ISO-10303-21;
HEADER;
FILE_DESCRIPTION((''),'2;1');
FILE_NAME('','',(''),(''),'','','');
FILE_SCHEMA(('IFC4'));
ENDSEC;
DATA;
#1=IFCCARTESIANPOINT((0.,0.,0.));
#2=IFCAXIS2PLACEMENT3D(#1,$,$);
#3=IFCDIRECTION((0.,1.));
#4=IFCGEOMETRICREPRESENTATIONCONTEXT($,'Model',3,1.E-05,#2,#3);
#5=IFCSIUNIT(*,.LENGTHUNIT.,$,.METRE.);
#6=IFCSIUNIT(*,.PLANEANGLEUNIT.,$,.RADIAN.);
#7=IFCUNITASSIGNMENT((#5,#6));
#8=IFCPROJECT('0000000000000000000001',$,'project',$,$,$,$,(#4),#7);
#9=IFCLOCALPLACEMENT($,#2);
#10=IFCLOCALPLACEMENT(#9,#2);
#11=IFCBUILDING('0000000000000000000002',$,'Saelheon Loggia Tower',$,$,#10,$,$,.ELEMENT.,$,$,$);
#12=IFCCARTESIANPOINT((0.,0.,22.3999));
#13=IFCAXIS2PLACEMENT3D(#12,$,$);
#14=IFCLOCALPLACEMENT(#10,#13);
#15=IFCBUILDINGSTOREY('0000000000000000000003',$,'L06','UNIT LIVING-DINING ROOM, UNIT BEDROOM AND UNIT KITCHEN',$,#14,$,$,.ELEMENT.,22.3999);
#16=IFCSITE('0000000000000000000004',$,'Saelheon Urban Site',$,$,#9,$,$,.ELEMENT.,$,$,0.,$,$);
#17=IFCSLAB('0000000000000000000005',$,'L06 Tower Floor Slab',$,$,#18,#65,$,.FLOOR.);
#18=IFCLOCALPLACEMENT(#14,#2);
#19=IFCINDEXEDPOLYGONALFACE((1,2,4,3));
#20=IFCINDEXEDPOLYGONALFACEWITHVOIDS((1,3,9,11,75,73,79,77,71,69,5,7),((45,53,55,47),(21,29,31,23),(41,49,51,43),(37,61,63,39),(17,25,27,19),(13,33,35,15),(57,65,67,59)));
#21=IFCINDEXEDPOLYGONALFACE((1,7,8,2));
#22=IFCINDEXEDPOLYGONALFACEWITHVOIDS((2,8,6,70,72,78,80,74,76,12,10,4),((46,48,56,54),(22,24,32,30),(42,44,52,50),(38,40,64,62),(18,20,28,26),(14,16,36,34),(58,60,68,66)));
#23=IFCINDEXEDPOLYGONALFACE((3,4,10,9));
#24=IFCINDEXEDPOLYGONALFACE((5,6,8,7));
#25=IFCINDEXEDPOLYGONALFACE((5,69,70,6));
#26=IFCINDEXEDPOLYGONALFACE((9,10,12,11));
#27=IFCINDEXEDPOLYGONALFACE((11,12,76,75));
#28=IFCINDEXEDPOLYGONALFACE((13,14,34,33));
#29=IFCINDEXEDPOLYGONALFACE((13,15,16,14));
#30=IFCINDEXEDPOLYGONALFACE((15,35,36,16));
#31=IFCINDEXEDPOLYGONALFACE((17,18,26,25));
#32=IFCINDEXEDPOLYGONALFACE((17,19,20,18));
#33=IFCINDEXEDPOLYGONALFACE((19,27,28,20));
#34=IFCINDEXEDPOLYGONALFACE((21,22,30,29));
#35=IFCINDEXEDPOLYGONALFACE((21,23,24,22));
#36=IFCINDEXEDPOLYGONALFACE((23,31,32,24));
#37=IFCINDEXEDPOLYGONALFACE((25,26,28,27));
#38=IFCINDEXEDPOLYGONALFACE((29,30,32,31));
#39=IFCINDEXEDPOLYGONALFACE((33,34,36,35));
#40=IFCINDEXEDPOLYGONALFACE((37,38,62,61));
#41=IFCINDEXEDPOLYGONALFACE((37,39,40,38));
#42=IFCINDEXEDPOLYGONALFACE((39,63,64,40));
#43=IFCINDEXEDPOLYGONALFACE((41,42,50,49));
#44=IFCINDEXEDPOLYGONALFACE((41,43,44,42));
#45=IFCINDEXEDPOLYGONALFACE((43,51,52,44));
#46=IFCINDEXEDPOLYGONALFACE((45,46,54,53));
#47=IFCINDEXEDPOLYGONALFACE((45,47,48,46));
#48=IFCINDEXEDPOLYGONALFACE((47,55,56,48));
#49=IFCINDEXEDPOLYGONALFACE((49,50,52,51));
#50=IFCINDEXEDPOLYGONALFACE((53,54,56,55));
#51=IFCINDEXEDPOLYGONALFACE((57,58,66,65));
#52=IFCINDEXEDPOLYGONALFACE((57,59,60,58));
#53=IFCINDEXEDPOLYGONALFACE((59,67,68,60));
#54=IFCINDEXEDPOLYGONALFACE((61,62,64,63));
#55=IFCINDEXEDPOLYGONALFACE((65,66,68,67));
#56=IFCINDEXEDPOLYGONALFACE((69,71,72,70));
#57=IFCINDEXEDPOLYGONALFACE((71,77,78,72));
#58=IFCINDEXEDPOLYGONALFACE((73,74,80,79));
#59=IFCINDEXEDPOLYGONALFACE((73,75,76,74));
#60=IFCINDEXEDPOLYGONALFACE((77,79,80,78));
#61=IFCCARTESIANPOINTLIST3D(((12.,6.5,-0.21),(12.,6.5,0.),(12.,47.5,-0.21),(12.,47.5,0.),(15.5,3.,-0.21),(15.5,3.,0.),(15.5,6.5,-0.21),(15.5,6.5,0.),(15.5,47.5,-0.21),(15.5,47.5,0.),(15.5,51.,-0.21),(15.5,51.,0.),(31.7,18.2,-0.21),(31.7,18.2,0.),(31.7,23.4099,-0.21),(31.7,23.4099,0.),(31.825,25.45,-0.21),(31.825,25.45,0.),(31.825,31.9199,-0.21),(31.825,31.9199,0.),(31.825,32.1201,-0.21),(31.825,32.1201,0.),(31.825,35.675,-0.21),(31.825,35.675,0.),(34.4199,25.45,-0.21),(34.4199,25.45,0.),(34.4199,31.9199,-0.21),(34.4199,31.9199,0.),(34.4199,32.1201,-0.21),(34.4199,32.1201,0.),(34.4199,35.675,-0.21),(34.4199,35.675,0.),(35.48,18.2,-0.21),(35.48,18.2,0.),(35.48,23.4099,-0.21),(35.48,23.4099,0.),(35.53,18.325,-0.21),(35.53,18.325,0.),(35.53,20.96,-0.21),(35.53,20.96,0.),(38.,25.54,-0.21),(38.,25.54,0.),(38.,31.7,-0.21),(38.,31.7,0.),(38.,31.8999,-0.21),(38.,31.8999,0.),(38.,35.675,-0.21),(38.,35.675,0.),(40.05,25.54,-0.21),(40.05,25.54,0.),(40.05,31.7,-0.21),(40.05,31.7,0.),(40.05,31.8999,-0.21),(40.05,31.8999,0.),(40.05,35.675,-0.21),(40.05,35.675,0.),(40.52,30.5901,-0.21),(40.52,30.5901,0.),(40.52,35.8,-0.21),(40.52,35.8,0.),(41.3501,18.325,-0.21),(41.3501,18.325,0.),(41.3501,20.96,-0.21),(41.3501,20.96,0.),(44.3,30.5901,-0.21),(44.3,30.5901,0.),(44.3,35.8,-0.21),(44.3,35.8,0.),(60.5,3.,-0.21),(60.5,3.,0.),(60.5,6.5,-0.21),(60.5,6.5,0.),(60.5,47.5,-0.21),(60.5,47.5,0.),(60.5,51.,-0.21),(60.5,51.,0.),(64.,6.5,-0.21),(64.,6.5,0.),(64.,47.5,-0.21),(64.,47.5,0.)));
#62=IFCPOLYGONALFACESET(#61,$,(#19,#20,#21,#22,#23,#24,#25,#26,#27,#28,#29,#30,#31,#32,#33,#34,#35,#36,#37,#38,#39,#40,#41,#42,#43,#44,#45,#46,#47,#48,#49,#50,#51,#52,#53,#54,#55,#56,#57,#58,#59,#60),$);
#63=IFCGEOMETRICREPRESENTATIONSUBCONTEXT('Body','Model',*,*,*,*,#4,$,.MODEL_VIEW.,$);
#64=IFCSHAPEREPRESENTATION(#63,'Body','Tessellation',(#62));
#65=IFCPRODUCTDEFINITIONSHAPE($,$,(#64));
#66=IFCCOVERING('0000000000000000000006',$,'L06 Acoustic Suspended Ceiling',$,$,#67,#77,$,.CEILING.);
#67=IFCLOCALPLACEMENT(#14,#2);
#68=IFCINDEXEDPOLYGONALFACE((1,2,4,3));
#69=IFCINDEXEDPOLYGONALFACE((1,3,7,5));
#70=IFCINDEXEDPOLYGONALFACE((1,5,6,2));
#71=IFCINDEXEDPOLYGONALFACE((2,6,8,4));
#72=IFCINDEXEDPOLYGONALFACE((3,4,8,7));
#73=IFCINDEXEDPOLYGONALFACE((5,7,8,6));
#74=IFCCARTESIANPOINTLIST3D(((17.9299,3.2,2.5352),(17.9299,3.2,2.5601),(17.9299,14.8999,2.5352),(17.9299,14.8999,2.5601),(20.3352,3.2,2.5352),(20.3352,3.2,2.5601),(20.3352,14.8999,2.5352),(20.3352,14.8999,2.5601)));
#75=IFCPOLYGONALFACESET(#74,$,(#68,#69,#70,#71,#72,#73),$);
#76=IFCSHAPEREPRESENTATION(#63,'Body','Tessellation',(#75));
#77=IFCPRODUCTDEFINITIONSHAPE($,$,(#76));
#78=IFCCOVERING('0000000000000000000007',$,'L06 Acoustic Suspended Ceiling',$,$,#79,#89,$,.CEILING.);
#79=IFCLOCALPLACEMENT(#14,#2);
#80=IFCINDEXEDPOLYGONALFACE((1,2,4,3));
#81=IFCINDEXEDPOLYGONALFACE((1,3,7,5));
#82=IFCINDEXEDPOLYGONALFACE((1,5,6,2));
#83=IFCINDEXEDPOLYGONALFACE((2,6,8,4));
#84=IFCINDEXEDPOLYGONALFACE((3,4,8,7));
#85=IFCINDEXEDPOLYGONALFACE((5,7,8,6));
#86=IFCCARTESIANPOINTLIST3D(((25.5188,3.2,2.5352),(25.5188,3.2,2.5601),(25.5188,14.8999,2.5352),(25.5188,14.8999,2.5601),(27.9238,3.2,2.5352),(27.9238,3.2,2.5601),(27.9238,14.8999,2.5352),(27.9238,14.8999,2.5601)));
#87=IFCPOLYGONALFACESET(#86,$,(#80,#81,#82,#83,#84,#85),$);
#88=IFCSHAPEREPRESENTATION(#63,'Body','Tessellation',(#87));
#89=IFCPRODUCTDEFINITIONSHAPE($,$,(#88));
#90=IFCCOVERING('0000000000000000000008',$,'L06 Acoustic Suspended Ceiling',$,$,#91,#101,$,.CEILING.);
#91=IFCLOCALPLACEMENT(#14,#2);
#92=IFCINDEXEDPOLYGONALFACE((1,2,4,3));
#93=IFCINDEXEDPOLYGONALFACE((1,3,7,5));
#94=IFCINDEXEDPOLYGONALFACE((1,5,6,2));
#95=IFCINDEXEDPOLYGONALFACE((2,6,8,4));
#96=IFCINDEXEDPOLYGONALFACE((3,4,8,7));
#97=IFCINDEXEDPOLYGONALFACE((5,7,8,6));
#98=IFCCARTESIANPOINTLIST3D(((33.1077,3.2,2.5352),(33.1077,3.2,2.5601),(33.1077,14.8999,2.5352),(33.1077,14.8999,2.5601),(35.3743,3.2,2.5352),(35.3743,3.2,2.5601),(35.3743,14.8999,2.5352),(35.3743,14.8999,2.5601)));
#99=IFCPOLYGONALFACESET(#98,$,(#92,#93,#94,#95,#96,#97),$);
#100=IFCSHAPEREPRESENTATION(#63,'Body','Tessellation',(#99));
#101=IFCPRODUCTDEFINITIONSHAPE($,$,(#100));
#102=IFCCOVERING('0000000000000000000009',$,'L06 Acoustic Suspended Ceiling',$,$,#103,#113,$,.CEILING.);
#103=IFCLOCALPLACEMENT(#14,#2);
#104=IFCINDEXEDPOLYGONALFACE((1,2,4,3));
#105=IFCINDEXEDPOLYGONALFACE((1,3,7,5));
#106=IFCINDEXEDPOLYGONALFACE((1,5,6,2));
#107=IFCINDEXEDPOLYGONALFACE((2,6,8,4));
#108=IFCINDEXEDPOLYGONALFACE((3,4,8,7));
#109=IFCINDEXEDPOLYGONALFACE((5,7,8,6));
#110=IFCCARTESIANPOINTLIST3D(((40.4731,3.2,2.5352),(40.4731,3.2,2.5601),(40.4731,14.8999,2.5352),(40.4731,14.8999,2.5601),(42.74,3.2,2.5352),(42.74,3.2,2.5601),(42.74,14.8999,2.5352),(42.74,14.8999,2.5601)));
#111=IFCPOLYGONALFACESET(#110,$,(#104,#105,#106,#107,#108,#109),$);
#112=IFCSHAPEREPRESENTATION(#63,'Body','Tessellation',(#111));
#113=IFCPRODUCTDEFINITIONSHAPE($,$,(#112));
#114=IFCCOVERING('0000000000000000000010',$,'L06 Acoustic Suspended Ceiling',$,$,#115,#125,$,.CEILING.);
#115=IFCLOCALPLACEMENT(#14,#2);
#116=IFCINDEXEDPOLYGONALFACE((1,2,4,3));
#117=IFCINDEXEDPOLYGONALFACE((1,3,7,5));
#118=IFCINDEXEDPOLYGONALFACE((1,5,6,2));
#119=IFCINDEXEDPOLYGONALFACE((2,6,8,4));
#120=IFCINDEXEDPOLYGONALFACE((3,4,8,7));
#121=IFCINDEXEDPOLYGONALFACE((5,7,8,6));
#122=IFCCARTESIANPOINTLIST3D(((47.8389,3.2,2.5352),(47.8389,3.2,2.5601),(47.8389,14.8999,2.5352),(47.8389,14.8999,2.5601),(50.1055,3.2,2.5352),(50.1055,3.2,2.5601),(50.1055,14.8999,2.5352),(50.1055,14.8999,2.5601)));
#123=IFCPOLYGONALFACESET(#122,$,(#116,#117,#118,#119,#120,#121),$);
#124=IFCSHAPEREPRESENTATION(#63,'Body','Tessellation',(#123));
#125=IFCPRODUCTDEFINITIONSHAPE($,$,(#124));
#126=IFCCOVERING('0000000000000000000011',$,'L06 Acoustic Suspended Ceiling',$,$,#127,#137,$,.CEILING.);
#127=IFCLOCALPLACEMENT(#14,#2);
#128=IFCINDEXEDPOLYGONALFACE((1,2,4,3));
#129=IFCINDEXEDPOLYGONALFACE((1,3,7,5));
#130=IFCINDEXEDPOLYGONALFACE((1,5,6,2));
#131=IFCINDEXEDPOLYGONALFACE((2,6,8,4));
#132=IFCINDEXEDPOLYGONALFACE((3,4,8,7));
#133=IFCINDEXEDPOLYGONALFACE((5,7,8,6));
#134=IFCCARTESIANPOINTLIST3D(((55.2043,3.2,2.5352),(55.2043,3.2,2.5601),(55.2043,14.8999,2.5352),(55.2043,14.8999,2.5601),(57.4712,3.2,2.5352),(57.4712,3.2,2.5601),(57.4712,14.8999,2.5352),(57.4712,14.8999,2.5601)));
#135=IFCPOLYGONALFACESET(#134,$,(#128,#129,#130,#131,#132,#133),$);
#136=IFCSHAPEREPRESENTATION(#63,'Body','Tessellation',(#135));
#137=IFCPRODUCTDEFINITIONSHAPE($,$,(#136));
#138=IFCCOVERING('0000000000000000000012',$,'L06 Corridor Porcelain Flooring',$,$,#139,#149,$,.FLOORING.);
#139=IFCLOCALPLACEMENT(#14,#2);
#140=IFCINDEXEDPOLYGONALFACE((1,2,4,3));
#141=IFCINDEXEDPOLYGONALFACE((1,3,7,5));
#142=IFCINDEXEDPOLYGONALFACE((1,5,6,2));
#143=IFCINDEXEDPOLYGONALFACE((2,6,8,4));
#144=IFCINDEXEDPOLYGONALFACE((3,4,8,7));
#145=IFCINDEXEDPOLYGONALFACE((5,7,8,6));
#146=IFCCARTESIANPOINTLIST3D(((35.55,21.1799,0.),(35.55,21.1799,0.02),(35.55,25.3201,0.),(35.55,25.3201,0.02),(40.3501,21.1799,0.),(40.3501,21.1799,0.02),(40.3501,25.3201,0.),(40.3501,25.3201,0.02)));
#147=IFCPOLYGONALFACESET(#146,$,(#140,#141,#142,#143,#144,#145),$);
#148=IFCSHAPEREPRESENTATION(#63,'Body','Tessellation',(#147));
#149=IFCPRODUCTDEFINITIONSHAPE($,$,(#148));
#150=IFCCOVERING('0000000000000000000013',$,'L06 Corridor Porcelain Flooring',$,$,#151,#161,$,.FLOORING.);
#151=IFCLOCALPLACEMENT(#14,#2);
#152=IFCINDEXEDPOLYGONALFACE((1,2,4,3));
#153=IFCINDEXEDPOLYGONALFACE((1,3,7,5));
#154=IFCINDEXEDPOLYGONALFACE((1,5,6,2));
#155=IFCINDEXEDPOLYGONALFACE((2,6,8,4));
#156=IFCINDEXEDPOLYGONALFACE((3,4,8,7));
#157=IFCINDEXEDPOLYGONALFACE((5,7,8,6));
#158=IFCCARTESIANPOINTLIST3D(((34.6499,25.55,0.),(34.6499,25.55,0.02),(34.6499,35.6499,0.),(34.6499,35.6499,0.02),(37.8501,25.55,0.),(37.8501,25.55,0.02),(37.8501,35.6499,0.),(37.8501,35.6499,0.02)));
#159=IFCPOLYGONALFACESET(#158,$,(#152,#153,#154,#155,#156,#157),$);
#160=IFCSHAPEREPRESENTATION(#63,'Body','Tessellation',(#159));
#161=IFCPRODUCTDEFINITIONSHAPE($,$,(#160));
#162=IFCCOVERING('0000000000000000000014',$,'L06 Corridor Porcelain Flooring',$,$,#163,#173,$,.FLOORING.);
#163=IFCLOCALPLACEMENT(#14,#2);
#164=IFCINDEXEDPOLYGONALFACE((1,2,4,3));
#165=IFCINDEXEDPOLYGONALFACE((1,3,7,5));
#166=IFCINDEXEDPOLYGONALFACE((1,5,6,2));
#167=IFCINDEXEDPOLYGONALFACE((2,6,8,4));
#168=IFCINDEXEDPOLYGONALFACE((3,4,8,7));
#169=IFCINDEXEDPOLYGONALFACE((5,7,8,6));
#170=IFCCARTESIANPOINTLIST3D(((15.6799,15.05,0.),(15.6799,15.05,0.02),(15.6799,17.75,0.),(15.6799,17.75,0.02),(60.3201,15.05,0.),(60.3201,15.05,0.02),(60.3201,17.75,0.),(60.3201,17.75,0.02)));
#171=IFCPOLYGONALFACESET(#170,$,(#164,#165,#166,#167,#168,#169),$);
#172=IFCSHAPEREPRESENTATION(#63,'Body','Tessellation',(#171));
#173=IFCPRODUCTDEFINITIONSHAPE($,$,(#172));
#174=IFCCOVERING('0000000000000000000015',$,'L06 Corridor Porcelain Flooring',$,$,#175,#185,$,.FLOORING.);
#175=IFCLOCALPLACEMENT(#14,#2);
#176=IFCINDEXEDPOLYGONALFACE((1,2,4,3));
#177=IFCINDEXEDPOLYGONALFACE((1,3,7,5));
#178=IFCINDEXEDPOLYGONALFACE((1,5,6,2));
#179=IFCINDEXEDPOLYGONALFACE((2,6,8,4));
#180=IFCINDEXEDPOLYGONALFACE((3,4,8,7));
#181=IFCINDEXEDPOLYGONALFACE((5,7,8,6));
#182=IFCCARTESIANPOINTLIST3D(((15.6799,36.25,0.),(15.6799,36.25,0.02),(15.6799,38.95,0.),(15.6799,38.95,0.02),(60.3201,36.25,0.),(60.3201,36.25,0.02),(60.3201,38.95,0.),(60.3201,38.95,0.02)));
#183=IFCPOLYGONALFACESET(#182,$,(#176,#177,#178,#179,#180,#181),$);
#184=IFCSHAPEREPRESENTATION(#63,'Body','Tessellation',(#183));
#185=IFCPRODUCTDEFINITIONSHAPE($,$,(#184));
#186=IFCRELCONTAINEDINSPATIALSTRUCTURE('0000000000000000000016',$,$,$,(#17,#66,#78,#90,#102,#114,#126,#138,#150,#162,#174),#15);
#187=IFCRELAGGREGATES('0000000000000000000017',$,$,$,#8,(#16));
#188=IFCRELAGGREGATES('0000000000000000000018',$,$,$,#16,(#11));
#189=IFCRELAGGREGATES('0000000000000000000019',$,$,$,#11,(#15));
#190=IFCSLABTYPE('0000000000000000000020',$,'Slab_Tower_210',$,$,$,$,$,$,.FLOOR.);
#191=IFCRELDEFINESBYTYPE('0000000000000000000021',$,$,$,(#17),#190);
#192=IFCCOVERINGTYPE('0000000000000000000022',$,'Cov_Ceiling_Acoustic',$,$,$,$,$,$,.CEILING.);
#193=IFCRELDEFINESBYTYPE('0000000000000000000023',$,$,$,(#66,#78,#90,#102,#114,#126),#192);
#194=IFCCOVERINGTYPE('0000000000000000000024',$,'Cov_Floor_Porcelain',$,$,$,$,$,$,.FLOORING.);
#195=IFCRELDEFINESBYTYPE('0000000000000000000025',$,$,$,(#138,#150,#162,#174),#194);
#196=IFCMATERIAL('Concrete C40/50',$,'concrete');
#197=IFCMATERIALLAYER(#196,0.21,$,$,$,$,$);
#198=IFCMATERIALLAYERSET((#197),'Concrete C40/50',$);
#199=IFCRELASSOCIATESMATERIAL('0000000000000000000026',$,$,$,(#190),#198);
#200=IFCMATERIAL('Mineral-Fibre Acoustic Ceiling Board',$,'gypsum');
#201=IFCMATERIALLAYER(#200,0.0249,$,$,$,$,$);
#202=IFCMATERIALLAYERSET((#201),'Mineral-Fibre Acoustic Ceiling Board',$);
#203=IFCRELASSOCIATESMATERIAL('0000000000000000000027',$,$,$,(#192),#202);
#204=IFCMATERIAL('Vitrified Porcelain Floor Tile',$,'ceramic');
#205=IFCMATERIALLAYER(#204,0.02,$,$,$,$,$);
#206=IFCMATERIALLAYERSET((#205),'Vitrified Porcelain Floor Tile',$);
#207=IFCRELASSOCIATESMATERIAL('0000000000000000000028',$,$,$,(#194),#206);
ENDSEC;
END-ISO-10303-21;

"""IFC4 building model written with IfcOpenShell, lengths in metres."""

from ifc_helpers import new_model, si_unit, direction, frame, origin, place, context, subcontext, project, spatial, polyline, outline, extrude, material, layer, layer_set, type_object, element, save


model = new_model("IFC4")

# Units and contexts
model_context = context("Model", 3, precision=1e-05, world=origin(), true_north=direction((0.0, 1.0)))
body_context = subcontext(model_context, "Body", "Model", "MODEL_VIEW")
ifc_project = project(units=[si_unit("LENGTHUNIT", "METRE"), si_unit("PLANEANGLEUNIT", "RADIAN")], contexts=[model_context])

# Site, building, storey
site_placement = place(None, origin())
site = spatial("IfcSite", under=ifc_project, at=site_placement, Name="Saelheon Urban Site", CompositionType="ELEMENT", RefElevation=0.0)
building_placement = place(site_placement, origin())
building = spatial("IfcBuilding", under=site, at=building_placement, Name="Saelheon Loggia Tower", CompositionType="ELEMENT")
storey_placement = place(building_placement, frame((0.0, 0.0, 22.3999)))
storey = spatial("IfcBuildingStorey", under=building, at=storey_placement, Name="L06", Description="UNIT LIVING-DINING ROOM, UNIT BEDROOM AND UNIT KITCHEN", CompositionType="ELEMENT", Elevation=22.3999)

# Shared definitions
ifc_material_1 = material(Name="Concrete C40/50", Category="concrete")

# Slab
ifc_layer_1 = layer(ifc_material_1, 0.21)
ifc_layer_set_1 = layer_set([ifc_layer_1], Name="Concrete C40/50")
slab_type_1 = type_object("IfcSlabType", Name="Slab_Tower_210", PredefinedType="FLOOR", material=ifc_layer_set_1)
slab_1_placement = place(storey_placement, frame((0.0, 0.0, -0.21)))
element("IfcSlab", 1, at=slab_1_placement, inside=storey, type_object=slab_type_1, Name="L06 Tower Floor Slab", PredefinedType="FLOOR", context=body_context, shape_type="SweptSolid", body=[
    extrude(outline(polyline([(15.5, 3.0), (60.5, 3.0), (60.5, 6.5), (64.0, 6.5), (64.0, 47.5), (60.5, 47.5), (60.5, 51.0), (15.5, 51.0), (15.5, 47.5), (12.0, 47.5), (12.0, 6.5), (15.5, 6.5), (15.5, 3.0)]), holes=[polyline([(31.7, 23.4099), (31.7, 18.2), (35.48, 18.2), (35.48, 23.4099), (31.7, 23.4099)]), polyline([(44.3, 30.5901), (44.3, 35.8), (40.52, 35.8), (40.52, 30.5901), (44.3, 30.5901)]), polyline([(35.53, 18.325), (41.3501, 18.325), (41.3501, 20.96), (35.53, 20.96), (35.53, 18.325)]), polyline([(31.825, 32.1201), (34.4199, 32.1201), (34.4199, 35.675), (31.825, 35.675), (31.825, 32.1201)]), polyline([(38.0, 31.8999), (40.05, 31.8999), (40.05, 35.675), (38.0, 35.675), (38.0, 31.8999)]), polyline([(31.825, 25.45), (34.4199, 25.45), (34.4199, 31.9199), (31.825, 31.9199), (31.825, 25.45)]), polyline([(38.0, 25.54), (40.05, 25.54), (40.05, 31.7), (38.0, 31.7), (38.0, 25.54)])]), origin(), (0.0, 0.0, 1.0), 0.21),
])

# Coverings
ifc_material_2 = material(Name="Mineral-Fibre Acoustic Ceiling Board", Category="gypsum")
ifc_layer_2 = layer(ifc_material_2, 0.0249)
ifc_layer_set_2 = layer_set([ifc_layer_2], Name="Mineral-Fibre Acoustic Ceiling Board")
covering_type_1 = type_object("IfcCoveringType", Name="Cov_Ceiling_Acoustic", PredefinedType="CEILING", material=ifc_layer_set_2)
covering_1_placement = place(storey_placement, frame((0.0, 0.0, 2.5352)))
element("IfcCovering", 2, at=covering_1_placement, inside=storey, type_object=covering_type_1, Name="L06 Acoustic Suspended Ceiling", PredefinedType="CEILING", context=body_context, shape_type="SweptSolid", body=[
    extrude(outline(polyline([(17.9299, 3.2), (20.3352, 3.2), (20.3352, 14.8999), (17.9299, 14.8999), (17.9299, 3.2)])), origin(), (0.0, 0.0, 1.0), 0.0249),
])
covering_2_placement = place(storey_placement, frame((0.0, 0.0, 2.5352)))
element("IfcCovering", 3, at=covering_2_placement, inside=storey, type_object=covering_type_1, Name="L06 Acoustic Suspended Ceiling", PredefinedType="CEILING", context=body_context, shape_type="SweptSolid", body=[
    extrude(outline(polyline([(25.5188, 3.2), (27.9238, 3.2), (27.9238, 14.8999), (25.5188, 14.8999), (25.5188, 3.2)])), origin(), (0.0, 0.0, 1.0), 0.0249),
])
covering_3_placement = place(storey_placement, frame((0.0, 0.0, 2.5352)))
element("IfcCovering", 4, at=covering_3_placement, inside=storey, type_object=covering_type_1, Name="L06 Acoustic Suspended Ceiling", PredefinedType="CEILING", context=body_context, shape_type="SweptSolid", body=[
    extrude(outline(polyline([(33.1077, 3.2), (35.3743, 3.2), (35.3743, 14.8999), (33.1077, 14.8999), (33.1077, 3.2)])), origin(), (0.0, 0.0, 1.0), 0.0249),
])
covering_4_placement = place(storey_placement, frame((0.0, 0.0, 2.5352)))
element("IfcCovering", 5, at=covering_4_placement, inside=storey, type_object=covering_type_1, Name="L06 Acoustic Suspended Ceiling", PredefinedType="CEILING", context=body_context, shape_type="SweptSolid", body=[
    extrude(outline(polyline([(40.4731, 3.2), (42.74, 3.2), (42.74, 14.8999), (40.4731, 14.8999), (40.4731, 3.2)])), origin(), (0.0, 0.0, 1.0), 0.0249),
])
covering_5_placement = place(storey_placement, frame((0.0, 0.0, 2.5352)))
element("IfcCovering", 6, at=covering_5_placement, inside=storey, type_object=covering_type_1, Name="L06 Acoustic Suspended Ceiling", PredefinedType="CEILING", context=body_context, shape_type="SweptSolid", body=[
    extrude(outline(polyline([(47.8389, 3.2), (50.1055, 3.2), (50.1055, 14.8999), (47.8389, 14.8999), (47.8389, 3.2)])), origin(), (0.0, 0.0, 1.0), 0.0249),
])
covering_6_placement = place(storey_placement, frame((0.0, 0.0, 2.5352)))
element("IfcCovering", 7, at=covering_6_placement, inside=storey, type_object=covering_type_1, Name="L06 Acoustic Suspended Ceiling", PredefinedType="CEILING", context=body_context, shape_type="SweptSolid", body=[
    extrude(outline(polyline([(55.2043, 3.2), (57.4712, 3.2), (57.4712, 14.8999), (55.2043, 14.8999), (55.2043, 3.2)])), origin(), (0.0, 0.0, 1.0), 0.0249),
])
ifc_material_3 = material(Name="Vitrified Porcelain Floor Tile", Category="ceramic")
ifc_layer_3 = layer(ifc_material_3, 0.02)
ifc_layer_set_3 = layer_set([ifc_layer_3], Name="Vitrified Porcelain Floor Tile")
covering_type_2 = type_object("IfcCoveringType", Name="Cov_Floor_Porcelain", PredefinedType="FLOORING", material=ifc_layer_set_3)
covering_7_placement = place(storey_placement, origin())
element("IfcCovering", 8, at=covering_7_placement, inside=storey, type_object=covering_type_2, Name="L06 Corridor Porcelain Flooring", PredefinedType="FLOORING", context=body_context, shape_type="SweptSolid", body=[
    extrude(outline(polyline([(35.55, 21.1799), (40.3501, 21.1799), (40.3501, 25.3201), (35.55, 25.3201), (35.55, 21.1799)])), origin(), (0.0, 0.0, 1.0), 0.02),
])
covering_8_placement = place(storey_placement, origin())
element("IfcCovering", 9, at=covering_8_placement, inside=storey, type_object=covering_type_2, Name="L06 Corridor Porcelain Flooring", PredefinedType="FLOORING", context=body_context, shape_type="SweptSolid", body=[
    extrude(outline(polyline([(34.6499, 25.55), (37.8501, 25.55), (37.8501, 35.6499), (34.6499, 35.6499), (34.6499, 25.55)])), origin(), (0.0, 0.0, 1.0), 0.02),
])
covering_9_placement = place(storey_placement, origin())
element("IfcCovering", 10, at=covering_9_placement, inside=storey, type_object=covering_type_2, Name="L06 Corridor Porcelain Flooring", PredefinedType="FLOORING", context=body_context, shape_type="SweptSolid", body=[
    extrude(outline(polyline([(15.6799, 15.05), (60.3201, 15.05), (60.3201, 17.75), (15.6799, 17.75), (15.6799, 15.05)])), origin(), (0.0, 0.0, 1.0), 0.02),
])
covering_10_placement = place(storey_placement, origin())
element("IfcCovering", 11, at=covering_10_placement, inside=storey, type_object=covering_type_2, Name="L06 Corridor Porcelain Flooring", PredefinedType="FLOORING", context=body_context, shape_type="SweptSolid", body=[
    extrude(outline(polyline([(15.6799, 36.25), (60.3201, 36.25), (60.3201, 38.95), (15.6799, 38.95), (15.6799, 36.25)])), origin(), (0.0, 0.0, 1.0), 0.02),
])

save(model, "model.ifc")
